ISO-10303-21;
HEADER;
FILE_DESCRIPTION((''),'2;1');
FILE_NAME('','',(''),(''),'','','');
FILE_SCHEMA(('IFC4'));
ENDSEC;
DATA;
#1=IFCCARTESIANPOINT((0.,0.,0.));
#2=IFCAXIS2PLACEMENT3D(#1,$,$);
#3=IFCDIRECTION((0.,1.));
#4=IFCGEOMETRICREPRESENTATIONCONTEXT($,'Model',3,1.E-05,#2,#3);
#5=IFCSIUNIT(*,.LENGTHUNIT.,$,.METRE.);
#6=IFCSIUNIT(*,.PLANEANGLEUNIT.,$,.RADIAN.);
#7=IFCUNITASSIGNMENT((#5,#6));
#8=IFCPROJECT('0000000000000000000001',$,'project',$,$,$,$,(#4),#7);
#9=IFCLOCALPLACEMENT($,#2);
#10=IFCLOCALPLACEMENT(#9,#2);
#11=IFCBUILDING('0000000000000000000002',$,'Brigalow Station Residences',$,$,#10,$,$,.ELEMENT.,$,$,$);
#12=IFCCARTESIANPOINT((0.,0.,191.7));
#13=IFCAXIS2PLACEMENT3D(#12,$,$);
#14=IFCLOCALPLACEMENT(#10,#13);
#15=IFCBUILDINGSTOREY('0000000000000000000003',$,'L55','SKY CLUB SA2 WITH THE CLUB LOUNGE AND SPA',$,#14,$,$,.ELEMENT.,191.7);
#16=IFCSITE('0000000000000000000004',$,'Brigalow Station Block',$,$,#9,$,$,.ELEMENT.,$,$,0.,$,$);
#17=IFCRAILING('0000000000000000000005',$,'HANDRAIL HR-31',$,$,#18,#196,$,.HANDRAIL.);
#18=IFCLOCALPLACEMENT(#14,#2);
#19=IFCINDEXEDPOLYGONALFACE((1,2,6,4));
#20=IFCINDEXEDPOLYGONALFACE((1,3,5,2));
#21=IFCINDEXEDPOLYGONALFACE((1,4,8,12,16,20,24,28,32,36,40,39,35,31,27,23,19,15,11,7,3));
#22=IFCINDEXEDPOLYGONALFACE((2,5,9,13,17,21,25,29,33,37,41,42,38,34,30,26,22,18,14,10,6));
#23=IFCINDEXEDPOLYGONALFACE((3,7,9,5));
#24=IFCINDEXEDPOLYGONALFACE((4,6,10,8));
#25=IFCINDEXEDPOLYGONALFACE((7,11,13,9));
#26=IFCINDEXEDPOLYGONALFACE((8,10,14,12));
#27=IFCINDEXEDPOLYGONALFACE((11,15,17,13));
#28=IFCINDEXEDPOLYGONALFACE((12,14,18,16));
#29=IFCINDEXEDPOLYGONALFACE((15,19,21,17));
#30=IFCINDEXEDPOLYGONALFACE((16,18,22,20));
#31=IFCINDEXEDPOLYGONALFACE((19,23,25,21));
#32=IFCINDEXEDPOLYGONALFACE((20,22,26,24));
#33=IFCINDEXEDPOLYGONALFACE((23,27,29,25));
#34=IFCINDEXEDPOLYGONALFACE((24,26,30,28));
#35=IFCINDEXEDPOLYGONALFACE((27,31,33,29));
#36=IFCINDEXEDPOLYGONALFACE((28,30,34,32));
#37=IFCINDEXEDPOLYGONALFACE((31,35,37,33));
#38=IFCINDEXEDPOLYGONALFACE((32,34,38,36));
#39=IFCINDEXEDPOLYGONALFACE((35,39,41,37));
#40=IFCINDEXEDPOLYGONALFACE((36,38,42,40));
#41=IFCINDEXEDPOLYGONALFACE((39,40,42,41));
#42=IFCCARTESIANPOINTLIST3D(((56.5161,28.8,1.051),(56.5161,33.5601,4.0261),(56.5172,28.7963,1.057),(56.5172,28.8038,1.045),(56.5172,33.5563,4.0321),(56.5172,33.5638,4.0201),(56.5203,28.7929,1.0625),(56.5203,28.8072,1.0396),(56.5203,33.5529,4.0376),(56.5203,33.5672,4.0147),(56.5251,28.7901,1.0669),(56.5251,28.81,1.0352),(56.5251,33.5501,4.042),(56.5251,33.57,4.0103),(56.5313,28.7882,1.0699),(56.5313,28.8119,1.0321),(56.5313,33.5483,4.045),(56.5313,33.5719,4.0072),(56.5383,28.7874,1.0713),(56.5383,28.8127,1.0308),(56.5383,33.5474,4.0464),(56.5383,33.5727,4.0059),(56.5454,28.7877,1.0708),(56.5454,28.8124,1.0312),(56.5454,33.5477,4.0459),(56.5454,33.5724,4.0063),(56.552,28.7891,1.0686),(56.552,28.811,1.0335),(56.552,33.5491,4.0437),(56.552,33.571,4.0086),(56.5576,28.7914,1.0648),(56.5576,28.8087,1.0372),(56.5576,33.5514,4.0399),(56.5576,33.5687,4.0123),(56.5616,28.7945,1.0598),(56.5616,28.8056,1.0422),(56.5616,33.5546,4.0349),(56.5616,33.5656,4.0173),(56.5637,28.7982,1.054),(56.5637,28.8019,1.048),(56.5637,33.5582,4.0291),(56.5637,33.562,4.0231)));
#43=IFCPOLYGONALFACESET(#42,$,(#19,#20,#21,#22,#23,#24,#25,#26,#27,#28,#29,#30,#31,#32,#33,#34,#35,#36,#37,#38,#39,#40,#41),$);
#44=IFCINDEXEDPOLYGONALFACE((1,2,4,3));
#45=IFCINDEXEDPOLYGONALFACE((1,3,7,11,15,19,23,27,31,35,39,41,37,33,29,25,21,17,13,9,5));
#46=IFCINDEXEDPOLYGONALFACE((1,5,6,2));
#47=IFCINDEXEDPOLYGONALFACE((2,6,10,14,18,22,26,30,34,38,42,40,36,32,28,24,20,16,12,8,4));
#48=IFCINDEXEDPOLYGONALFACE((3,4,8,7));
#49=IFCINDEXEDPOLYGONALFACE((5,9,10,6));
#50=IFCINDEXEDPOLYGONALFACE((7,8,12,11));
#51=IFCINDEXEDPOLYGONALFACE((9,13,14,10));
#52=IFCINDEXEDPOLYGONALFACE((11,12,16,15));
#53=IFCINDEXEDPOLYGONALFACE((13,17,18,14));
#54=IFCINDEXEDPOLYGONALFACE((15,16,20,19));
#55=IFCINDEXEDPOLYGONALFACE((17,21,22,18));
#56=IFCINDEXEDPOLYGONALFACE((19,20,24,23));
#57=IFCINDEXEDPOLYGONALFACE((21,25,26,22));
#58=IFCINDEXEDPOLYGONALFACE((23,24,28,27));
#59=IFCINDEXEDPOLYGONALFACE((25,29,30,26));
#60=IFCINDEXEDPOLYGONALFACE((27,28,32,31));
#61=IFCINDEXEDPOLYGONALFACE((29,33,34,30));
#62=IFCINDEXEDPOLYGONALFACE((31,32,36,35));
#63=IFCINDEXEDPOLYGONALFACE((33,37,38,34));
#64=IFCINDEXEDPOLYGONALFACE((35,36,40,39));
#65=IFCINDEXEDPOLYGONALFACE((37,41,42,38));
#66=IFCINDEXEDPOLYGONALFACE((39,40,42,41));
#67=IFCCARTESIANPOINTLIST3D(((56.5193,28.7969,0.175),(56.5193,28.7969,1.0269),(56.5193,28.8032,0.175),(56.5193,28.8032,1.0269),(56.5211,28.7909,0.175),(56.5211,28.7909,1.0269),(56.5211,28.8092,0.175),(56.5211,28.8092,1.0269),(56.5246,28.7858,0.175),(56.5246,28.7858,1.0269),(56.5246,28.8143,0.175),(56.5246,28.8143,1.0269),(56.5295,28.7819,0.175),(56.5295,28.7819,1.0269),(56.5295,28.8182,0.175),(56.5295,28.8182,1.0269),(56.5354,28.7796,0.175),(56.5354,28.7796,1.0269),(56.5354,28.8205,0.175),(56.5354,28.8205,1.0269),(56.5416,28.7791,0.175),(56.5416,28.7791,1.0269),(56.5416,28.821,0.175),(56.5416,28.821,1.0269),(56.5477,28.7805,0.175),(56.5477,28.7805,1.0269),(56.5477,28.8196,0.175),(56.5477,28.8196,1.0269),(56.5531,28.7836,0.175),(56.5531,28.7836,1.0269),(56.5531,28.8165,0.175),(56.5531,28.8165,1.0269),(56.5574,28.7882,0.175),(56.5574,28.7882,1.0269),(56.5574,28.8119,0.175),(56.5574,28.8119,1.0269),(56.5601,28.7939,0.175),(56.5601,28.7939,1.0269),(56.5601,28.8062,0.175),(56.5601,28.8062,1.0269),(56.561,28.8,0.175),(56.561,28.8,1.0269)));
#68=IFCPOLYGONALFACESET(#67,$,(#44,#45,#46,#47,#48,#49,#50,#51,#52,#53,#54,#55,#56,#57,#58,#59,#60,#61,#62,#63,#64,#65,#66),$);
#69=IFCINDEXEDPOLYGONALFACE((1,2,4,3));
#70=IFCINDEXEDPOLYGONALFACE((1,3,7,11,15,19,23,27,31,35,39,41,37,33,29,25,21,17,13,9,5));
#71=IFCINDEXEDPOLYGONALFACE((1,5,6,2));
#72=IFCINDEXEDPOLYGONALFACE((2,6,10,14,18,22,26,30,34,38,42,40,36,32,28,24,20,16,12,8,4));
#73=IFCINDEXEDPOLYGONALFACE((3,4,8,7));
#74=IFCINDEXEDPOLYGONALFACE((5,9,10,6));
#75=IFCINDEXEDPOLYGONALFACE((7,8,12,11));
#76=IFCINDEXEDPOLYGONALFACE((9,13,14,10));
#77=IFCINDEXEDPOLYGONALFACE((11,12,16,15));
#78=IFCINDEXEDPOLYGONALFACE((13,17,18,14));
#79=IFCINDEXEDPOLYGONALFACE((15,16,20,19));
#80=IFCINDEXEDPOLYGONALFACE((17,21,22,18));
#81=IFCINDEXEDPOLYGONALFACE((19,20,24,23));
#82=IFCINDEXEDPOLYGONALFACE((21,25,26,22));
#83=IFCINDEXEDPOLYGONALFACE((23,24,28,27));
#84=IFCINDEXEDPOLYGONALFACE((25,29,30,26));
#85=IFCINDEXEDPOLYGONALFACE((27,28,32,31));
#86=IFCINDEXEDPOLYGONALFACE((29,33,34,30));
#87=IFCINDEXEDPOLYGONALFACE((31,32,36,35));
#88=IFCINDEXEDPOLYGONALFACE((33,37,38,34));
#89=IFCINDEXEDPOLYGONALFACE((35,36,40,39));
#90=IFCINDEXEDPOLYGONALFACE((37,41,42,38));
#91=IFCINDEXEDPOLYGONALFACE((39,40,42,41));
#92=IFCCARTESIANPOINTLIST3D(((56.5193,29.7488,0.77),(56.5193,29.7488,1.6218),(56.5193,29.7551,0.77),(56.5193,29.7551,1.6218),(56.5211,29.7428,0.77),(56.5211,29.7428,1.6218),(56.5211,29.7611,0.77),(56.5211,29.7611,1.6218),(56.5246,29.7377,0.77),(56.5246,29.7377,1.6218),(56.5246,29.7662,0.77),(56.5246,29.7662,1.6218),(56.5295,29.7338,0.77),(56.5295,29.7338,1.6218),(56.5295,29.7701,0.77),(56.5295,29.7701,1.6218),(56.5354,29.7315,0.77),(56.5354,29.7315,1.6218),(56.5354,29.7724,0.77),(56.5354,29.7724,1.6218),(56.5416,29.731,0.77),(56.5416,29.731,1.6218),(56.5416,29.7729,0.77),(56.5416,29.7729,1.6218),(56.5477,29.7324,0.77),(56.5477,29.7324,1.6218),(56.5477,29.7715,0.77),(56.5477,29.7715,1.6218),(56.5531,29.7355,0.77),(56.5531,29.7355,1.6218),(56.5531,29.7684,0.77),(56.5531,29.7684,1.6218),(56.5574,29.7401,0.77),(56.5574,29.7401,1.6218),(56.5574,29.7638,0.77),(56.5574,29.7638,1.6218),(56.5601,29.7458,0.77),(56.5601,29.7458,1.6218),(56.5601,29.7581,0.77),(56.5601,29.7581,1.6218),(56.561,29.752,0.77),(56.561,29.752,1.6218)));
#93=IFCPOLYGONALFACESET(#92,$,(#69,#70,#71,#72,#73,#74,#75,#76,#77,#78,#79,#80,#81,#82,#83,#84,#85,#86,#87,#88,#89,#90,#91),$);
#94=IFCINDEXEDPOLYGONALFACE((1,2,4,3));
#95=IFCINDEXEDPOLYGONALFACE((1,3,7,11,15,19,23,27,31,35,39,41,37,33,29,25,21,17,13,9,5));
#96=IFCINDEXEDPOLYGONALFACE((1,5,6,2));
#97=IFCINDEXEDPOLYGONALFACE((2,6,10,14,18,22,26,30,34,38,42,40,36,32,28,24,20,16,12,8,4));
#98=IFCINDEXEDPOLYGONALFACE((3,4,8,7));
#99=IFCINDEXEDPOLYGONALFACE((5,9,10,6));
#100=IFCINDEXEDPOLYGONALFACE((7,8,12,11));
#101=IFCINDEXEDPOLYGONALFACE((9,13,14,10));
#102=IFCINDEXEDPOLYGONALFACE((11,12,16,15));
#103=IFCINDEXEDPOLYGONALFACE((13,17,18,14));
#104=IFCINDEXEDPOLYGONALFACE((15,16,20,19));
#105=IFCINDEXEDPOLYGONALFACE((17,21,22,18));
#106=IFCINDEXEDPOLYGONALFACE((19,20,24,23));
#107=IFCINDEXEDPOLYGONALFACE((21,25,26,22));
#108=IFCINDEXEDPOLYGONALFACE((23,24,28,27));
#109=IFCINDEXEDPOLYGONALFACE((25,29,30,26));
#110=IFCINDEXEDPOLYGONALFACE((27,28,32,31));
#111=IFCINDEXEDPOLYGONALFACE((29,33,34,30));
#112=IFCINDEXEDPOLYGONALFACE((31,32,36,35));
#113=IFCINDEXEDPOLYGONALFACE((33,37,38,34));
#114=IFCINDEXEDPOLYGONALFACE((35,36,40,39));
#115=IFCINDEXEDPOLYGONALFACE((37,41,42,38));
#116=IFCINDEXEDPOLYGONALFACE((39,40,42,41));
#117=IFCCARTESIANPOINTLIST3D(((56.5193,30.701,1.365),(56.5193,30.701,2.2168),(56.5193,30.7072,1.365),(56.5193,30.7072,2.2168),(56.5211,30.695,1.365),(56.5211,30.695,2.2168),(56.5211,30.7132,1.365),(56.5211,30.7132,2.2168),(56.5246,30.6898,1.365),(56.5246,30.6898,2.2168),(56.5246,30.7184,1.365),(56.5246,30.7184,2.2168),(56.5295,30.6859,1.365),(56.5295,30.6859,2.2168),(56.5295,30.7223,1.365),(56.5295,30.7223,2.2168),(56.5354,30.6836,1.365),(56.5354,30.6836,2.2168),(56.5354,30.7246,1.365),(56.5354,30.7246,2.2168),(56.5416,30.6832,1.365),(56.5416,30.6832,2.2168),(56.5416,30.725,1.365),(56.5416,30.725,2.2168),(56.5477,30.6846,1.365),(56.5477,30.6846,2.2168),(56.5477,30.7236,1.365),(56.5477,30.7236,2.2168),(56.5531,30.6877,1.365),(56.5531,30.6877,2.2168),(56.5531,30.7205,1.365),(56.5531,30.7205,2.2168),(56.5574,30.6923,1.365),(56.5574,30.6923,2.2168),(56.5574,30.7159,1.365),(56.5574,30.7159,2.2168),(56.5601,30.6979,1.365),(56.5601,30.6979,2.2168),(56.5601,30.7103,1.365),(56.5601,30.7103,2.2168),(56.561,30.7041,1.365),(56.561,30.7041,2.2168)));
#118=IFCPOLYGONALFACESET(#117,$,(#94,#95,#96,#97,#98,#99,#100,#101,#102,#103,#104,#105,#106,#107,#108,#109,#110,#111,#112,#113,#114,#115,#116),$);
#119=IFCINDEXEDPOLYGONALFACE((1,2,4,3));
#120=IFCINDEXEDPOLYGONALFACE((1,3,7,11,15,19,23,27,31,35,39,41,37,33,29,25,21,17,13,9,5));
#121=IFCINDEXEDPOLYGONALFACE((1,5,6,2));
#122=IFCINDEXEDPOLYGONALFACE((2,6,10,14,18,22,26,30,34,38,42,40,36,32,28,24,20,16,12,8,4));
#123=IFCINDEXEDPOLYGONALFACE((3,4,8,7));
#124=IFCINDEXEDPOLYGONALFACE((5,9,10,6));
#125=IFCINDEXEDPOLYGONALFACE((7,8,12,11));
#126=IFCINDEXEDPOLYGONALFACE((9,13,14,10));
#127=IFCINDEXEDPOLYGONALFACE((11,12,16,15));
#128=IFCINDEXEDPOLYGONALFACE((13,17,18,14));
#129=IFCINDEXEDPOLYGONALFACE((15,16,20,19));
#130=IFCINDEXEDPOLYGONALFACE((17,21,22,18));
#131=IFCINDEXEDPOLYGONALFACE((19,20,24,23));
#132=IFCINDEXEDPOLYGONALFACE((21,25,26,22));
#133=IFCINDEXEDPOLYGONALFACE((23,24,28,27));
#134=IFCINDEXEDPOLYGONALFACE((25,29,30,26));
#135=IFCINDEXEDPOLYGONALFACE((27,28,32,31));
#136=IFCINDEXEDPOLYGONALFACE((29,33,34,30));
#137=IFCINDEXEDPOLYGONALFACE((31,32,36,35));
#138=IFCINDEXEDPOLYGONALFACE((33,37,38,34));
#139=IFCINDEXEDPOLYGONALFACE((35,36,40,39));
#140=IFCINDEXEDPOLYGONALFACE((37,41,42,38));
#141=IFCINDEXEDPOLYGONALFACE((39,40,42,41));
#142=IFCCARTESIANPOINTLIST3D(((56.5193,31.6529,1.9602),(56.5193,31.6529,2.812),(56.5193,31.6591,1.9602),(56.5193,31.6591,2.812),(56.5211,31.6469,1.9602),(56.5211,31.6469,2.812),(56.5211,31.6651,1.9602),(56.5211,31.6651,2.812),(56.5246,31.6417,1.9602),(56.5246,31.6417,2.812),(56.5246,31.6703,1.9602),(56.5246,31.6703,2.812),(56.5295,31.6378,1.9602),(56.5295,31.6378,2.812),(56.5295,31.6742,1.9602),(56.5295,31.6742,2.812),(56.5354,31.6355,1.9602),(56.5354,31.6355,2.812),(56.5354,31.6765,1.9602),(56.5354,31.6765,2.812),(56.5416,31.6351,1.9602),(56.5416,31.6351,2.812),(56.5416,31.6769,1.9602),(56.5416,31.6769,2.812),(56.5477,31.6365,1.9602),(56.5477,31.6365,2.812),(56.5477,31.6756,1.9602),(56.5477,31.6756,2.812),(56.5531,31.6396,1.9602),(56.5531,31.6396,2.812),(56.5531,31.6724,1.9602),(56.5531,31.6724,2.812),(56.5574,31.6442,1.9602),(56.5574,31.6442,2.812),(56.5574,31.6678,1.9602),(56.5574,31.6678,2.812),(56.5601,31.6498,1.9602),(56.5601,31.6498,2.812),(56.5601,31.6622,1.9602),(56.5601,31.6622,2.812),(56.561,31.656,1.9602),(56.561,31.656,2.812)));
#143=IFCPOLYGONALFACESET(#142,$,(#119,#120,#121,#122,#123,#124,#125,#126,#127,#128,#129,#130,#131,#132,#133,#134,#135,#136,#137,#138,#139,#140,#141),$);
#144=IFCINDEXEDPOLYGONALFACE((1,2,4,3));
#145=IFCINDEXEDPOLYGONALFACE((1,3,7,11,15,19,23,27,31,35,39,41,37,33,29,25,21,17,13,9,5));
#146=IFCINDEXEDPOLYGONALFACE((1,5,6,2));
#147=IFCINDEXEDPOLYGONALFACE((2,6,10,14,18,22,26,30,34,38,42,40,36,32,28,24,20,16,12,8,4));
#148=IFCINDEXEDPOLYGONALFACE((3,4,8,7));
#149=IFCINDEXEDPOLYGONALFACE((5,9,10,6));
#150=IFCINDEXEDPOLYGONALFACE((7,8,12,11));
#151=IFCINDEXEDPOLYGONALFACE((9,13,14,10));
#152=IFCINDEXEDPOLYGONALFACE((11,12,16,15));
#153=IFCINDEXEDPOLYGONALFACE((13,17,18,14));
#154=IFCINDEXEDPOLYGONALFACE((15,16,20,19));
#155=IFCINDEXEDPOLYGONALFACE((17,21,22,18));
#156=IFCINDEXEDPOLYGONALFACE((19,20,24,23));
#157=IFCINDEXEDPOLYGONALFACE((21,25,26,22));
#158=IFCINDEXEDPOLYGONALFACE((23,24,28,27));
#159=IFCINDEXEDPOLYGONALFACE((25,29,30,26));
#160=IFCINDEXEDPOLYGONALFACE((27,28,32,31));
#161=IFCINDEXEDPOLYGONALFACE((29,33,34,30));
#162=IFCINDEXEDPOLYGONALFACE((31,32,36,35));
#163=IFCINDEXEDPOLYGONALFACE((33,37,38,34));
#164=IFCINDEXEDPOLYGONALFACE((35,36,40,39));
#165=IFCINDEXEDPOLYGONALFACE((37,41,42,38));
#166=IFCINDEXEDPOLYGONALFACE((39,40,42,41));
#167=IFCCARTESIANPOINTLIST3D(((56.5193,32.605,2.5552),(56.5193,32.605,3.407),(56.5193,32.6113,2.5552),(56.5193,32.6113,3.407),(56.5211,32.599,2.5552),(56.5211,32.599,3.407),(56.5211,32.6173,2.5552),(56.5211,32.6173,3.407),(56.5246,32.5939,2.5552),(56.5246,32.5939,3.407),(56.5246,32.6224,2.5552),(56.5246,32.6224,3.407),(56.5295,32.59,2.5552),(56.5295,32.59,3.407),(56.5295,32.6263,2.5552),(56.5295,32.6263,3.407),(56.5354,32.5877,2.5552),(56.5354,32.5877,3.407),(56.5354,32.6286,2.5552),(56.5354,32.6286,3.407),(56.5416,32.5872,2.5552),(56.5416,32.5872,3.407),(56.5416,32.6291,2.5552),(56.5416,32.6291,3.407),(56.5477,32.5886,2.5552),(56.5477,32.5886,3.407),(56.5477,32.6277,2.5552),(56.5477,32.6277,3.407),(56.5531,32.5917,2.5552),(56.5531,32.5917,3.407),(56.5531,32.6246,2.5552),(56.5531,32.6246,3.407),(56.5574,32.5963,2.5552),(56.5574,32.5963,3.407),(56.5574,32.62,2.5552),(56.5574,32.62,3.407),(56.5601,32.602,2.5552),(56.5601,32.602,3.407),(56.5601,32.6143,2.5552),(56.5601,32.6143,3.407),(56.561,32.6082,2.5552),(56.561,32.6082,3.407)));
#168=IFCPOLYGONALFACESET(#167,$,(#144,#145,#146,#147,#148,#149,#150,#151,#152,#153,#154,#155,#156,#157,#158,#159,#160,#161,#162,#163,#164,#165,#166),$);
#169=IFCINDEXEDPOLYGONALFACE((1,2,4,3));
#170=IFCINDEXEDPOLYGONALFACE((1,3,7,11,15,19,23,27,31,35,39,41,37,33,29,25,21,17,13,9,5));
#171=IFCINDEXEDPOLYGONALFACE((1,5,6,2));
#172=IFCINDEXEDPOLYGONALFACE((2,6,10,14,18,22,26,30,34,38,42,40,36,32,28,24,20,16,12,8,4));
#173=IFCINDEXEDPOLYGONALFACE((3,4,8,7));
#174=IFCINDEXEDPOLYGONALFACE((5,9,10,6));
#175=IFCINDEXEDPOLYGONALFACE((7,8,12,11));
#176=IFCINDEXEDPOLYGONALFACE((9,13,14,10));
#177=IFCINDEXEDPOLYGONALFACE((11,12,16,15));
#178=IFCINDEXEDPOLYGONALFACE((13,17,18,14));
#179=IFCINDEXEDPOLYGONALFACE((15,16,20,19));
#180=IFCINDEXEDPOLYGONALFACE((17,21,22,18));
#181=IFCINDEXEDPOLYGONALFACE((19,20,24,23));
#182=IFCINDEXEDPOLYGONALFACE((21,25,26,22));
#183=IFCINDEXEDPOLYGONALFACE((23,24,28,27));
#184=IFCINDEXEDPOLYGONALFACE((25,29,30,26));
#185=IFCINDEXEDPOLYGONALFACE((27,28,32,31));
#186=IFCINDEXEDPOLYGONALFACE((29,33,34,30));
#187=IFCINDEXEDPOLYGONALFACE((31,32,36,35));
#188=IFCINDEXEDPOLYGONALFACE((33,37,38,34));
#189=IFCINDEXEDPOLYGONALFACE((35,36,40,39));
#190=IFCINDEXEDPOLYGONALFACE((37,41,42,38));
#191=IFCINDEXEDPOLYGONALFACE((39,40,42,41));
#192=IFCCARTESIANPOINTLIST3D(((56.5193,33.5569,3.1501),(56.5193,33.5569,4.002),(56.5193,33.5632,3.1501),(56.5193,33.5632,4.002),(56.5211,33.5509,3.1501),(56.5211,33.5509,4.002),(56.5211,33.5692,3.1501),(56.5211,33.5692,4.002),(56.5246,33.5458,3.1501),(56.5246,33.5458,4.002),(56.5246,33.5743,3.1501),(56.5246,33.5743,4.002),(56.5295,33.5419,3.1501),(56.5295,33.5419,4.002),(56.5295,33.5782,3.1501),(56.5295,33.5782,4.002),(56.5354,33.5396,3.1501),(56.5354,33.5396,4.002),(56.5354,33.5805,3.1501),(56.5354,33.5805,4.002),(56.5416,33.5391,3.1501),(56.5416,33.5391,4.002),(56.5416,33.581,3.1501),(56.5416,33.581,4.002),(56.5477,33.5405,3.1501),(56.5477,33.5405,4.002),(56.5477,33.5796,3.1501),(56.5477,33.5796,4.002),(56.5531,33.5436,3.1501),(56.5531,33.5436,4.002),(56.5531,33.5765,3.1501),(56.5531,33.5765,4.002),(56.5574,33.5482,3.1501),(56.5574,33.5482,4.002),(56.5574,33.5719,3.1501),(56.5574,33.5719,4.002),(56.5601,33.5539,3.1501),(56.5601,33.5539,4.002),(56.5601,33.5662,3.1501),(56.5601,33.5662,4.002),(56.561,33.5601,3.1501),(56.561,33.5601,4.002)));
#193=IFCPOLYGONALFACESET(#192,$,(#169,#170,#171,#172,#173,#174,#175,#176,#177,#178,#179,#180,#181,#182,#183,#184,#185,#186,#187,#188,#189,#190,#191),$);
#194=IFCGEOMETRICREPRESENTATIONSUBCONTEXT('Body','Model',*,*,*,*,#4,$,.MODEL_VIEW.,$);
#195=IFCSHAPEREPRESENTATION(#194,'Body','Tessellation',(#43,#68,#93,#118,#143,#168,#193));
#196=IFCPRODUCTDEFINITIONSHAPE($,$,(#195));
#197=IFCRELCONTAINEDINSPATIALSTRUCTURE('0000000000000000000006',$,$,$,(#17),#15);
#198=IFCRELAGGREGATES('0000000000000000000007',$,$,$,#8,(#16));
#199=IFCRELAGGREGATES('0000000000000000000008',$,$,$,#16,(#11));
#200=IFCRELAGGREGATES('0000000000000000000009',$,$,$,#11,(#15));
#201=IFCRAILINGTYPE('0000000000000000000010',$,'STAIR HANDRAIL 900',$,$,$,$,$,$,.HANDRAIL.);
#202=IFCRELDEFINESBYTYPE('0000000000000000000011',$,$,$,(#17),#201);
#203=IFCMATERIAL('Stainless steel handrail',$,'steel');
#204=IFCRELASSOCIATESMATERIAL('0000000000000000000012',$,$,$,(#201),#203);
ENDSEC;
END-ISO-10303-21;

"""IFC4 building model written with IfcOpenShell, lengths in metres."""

from ifc_helpers import new_model, si_unit, direction, frame, origin, origin_2d, place, context, subcontext, project, spatial, circle, extrude, material, type_object, element, save


model = new_model("IFC4")

# Units and contexts
model_context = context("Model", 3, precision=1e-05, world=origin(), true_north=direction((0.0, 1.0)))
body_context = subcontext(model_context, "Body", "Model", "MODEL_VIEW")
ifc_project = project(units=[si_unit("LENGTHUNIT", "METRE"), si_unit("PLANEANGLEUNIT", "RADIAN")], contexts=[model_context])

# Site, building, storey
site_placement = place(None, origin())
site = spatial("IfcSite", under=ifc_project, at=site_placement, Name="Brigalow Station Block", CompositionType="ELEMENT", RefElevation=0.0)
building_placement = place(site_placement, origin())
building = spatial("IfcBuilding", under=site, at=building_placement, Name="Brigalow Station Residences", CompositionType="ELEMENT")
storey_placement = place(building_placement, frame((0.0, 0.0, 191.7)))
storey = spatial("IfcBuildingStorey", under=building, at=storey_placement, Name="L55", Description="SKY CLUB SA2 WITH THE CLUB LOUNGE AND SPA", CompositionType="ELEMENT", Elevation=191.7)

# Railing
ifc_material_1 = material(Name="Stainless steel handrail", Category="steel")
railing_type_1 = type_object("IfcRailingType", Name="STAIR HANDRAIL 900", PredefinedType="HANDRAIL", material=ifc_material_1)
railing_1_placement = place(storey_placement, frame((56.54, 28.8, 0.175)))
element("IfcRailing", 1, at=railing_1_placement, inside=storey, type_object=railing_type_1, Name="HANDRAIL HR-31", PredefinedType="HANDRAIL", context=body_context, shape_type="SweptSolid", body=[
    extrude(circle(Radius=0.0239, at=origin_2d()), frame((0.0, 0.0, 0.876), z_axis=(0.0, 0.847991, 0.530011), x_axis=(-1.0, 0.0, 0.0)), (0.0, 0.0, 1.0), 5.6133),
    extrude(circle(Radius=0.021, at=origin_2d()), origin(), (0.0, 0.0, 1.0), 0.8518),
    extrude(circle(Radius=0.021, at=origin_2d()), frame((0.0, 0.9519, 0.595)), (0.0, 0.0, 1.0), 0.8518),
    extrude(circle(Radius=0.021, at=origin_2d()), frame((0.0, 1.9041, 1.1899)), (0.0, 0.0, 1.0), 0.8518),
    extrude(circle(Radius=0.021, at=origin_2d()), frame((0.0, 2.856, 1.7852)), (0.0, 0.0, 1.0), 0.8518),
    extrude(circle(Radius=0.021, at=origin_2d()), frame((0.0, 3.8081, 2.3801)), (0.0, 0.0, 1.0), 0.8518),
    extrude(circle(Radius=0.021, at=origin_2d()), frame((0.0, 4.76, 2.9751)), (0.0, 0.0, 1.0), 0.8518),
])

save(model, "model.ifc")
